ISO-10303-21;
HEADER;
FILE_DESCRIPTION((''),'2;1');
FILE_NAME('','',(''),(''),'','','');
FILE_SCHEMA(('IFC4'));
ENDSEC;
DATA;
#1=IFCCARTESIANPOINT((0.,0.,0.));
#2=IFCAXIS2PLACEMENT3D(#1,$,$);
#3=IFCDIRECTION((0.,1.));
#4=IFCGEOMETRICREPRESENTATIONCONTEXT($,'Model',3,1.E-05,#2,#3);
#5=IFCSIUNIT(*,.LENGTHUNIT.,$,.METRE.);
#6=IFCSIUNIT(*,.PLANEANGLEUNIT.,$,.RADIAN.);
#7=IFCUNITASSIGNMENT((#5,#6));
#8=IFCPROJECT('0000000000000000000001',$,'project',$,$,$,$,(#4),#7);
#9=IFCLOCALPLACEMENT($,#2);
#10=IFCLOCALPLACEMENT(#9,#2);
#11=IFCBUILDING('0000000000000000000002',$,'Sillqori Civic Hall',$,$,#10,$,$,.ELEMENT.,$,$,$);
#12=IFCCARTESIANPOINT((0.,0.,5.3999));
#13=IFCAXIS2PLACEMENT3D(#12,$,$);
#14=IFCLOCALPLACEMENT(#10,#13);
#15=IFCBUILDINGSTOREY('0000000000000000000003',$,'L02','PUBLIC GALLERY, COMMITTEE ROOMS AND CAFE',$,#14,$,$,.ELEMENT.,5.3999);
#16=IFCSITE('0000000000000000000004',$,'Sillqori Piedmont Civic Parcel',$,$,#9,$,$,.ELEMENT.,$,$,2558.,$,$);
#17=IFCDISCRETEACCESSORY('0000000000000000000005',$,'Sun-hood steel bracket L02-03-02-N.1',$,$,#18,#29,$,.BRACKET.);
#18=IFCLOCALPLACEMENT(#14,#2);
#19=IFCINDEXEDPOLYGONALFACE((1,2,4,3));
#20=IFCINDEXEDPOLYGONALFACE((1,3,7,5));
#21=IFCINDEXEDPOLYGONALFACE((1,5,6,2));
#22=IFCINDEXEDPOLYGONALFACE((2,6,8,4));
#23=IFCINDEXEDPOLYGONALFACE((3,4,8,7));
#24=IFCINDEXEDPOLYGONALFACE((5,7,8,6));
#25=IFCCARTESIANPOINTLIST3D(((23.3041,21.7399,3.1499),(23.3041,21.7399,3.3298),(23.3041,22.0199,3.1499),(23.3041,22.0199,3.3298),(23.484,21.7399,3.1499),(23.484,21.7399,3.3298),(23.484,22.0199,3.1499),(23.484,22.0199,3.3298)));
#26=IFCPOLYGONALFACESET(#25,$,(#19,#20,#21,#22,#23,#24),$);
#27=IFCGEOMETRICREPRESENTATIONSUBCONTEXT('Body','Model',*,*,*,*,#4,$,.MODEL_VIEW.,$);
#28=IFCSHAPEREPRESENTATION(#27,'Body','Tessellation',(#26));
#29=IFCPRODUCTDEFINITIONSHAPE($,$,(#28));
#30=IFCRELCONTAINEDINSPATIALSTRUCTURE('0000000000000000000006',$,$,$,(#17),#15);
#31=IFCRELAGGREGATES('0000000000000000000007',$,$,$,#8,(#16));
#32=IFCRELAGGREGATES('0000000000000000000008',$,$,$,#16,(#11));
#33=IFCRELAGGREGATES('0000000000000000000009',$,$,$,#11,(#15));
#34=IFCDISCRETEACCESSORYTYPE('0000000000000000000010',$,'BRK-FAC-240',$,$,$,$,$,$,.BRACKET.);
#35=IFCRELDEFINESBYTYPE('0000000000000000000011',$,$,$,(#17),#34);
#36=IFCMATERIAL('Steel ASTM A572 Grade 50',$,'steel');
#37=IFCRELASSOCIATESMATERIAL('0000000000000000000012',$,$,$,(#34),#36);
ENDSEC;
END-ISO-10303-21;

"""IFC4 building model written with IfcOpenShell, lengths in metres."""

from ifc_helpers import new_model, si_unit, direction, frame, origin, origin_2d, place, context, subcontext, project, spatial, rectangle, extrude, material, type_object, element, save


model = new_model("IFC4")

# Units and contexts
model_context = context("Model", 3, precision=1e-05, world=origin(), true_north=direction((0.0, 1.0)))
body_context = subcontext(model_context, "Body", "Model", "MODEL_VIEW")
ifc_project = project(units=[si_unit("LENGTHUNIT", "METRE"), si_unit("PLANEANGLEUNIT", "RADIAN")], contexts=[model_context])

# Site, building, storey
site_placement = place(None, origin())
site = spatial("IfcSite", under=ifc_project, at=site_placement, Name="Sillqori Piedmont Civic Parcel", CompositionType="ELEMENT", RefElevation=2558.0)
building_placement = place(site_placement, origin())
building = spatial("IfcBuilding", under=site, at=building_placement, Name="Sillqori Civic Hall", CompositionType="ELEMENT")
storey_placement = place(building_placement, frame((0.0, 0.0, 5.3999)))
storey = spatial("IfcBuildingStorey", under=building, at=storey_placement, Name="L02", Description="PUBLIC GALLERY, COMMITTEE ROOMS AND CAFE", CompositionType="ELEMENT", Elevation=5.3999)

# Discrete accessory
ifc_material_1 = material(Name="Steel ASTM A572 Grade 50", Category="steel")
discrete_accessory_type = type_object("IfcDiscreteAccessoryType", Name="BRK-FAC-240", PredefinedType="BRACKET", material=ifc_material_1)
for number, where, z_axis, x_axis, name in (
    (1, (23.394, 21.8799, 3.1499), (0.0, 0.0, 1.0), (1.0, 0.0, 0.0), "Sun-hood steel bracket L02-03-02-N.1"),
):
    element("IfcDiscreteAccessory", number, at=place(storey_placement, frame(where, z_axis=z_axis, x_axis=x_axis)), inside=storey, type_object=discrete_accessory_type, Name=name, PredefinedType="BRACKET", context=body_context, shape_type="SweptSolid", body=[
        extrude(rectangle(XDim=0.1799, YDim=0.28, at=origin_2d()), origin(), (0.0, 0.0, 1.0), 0.1799),
    ])

save(model, "model.ifc")
